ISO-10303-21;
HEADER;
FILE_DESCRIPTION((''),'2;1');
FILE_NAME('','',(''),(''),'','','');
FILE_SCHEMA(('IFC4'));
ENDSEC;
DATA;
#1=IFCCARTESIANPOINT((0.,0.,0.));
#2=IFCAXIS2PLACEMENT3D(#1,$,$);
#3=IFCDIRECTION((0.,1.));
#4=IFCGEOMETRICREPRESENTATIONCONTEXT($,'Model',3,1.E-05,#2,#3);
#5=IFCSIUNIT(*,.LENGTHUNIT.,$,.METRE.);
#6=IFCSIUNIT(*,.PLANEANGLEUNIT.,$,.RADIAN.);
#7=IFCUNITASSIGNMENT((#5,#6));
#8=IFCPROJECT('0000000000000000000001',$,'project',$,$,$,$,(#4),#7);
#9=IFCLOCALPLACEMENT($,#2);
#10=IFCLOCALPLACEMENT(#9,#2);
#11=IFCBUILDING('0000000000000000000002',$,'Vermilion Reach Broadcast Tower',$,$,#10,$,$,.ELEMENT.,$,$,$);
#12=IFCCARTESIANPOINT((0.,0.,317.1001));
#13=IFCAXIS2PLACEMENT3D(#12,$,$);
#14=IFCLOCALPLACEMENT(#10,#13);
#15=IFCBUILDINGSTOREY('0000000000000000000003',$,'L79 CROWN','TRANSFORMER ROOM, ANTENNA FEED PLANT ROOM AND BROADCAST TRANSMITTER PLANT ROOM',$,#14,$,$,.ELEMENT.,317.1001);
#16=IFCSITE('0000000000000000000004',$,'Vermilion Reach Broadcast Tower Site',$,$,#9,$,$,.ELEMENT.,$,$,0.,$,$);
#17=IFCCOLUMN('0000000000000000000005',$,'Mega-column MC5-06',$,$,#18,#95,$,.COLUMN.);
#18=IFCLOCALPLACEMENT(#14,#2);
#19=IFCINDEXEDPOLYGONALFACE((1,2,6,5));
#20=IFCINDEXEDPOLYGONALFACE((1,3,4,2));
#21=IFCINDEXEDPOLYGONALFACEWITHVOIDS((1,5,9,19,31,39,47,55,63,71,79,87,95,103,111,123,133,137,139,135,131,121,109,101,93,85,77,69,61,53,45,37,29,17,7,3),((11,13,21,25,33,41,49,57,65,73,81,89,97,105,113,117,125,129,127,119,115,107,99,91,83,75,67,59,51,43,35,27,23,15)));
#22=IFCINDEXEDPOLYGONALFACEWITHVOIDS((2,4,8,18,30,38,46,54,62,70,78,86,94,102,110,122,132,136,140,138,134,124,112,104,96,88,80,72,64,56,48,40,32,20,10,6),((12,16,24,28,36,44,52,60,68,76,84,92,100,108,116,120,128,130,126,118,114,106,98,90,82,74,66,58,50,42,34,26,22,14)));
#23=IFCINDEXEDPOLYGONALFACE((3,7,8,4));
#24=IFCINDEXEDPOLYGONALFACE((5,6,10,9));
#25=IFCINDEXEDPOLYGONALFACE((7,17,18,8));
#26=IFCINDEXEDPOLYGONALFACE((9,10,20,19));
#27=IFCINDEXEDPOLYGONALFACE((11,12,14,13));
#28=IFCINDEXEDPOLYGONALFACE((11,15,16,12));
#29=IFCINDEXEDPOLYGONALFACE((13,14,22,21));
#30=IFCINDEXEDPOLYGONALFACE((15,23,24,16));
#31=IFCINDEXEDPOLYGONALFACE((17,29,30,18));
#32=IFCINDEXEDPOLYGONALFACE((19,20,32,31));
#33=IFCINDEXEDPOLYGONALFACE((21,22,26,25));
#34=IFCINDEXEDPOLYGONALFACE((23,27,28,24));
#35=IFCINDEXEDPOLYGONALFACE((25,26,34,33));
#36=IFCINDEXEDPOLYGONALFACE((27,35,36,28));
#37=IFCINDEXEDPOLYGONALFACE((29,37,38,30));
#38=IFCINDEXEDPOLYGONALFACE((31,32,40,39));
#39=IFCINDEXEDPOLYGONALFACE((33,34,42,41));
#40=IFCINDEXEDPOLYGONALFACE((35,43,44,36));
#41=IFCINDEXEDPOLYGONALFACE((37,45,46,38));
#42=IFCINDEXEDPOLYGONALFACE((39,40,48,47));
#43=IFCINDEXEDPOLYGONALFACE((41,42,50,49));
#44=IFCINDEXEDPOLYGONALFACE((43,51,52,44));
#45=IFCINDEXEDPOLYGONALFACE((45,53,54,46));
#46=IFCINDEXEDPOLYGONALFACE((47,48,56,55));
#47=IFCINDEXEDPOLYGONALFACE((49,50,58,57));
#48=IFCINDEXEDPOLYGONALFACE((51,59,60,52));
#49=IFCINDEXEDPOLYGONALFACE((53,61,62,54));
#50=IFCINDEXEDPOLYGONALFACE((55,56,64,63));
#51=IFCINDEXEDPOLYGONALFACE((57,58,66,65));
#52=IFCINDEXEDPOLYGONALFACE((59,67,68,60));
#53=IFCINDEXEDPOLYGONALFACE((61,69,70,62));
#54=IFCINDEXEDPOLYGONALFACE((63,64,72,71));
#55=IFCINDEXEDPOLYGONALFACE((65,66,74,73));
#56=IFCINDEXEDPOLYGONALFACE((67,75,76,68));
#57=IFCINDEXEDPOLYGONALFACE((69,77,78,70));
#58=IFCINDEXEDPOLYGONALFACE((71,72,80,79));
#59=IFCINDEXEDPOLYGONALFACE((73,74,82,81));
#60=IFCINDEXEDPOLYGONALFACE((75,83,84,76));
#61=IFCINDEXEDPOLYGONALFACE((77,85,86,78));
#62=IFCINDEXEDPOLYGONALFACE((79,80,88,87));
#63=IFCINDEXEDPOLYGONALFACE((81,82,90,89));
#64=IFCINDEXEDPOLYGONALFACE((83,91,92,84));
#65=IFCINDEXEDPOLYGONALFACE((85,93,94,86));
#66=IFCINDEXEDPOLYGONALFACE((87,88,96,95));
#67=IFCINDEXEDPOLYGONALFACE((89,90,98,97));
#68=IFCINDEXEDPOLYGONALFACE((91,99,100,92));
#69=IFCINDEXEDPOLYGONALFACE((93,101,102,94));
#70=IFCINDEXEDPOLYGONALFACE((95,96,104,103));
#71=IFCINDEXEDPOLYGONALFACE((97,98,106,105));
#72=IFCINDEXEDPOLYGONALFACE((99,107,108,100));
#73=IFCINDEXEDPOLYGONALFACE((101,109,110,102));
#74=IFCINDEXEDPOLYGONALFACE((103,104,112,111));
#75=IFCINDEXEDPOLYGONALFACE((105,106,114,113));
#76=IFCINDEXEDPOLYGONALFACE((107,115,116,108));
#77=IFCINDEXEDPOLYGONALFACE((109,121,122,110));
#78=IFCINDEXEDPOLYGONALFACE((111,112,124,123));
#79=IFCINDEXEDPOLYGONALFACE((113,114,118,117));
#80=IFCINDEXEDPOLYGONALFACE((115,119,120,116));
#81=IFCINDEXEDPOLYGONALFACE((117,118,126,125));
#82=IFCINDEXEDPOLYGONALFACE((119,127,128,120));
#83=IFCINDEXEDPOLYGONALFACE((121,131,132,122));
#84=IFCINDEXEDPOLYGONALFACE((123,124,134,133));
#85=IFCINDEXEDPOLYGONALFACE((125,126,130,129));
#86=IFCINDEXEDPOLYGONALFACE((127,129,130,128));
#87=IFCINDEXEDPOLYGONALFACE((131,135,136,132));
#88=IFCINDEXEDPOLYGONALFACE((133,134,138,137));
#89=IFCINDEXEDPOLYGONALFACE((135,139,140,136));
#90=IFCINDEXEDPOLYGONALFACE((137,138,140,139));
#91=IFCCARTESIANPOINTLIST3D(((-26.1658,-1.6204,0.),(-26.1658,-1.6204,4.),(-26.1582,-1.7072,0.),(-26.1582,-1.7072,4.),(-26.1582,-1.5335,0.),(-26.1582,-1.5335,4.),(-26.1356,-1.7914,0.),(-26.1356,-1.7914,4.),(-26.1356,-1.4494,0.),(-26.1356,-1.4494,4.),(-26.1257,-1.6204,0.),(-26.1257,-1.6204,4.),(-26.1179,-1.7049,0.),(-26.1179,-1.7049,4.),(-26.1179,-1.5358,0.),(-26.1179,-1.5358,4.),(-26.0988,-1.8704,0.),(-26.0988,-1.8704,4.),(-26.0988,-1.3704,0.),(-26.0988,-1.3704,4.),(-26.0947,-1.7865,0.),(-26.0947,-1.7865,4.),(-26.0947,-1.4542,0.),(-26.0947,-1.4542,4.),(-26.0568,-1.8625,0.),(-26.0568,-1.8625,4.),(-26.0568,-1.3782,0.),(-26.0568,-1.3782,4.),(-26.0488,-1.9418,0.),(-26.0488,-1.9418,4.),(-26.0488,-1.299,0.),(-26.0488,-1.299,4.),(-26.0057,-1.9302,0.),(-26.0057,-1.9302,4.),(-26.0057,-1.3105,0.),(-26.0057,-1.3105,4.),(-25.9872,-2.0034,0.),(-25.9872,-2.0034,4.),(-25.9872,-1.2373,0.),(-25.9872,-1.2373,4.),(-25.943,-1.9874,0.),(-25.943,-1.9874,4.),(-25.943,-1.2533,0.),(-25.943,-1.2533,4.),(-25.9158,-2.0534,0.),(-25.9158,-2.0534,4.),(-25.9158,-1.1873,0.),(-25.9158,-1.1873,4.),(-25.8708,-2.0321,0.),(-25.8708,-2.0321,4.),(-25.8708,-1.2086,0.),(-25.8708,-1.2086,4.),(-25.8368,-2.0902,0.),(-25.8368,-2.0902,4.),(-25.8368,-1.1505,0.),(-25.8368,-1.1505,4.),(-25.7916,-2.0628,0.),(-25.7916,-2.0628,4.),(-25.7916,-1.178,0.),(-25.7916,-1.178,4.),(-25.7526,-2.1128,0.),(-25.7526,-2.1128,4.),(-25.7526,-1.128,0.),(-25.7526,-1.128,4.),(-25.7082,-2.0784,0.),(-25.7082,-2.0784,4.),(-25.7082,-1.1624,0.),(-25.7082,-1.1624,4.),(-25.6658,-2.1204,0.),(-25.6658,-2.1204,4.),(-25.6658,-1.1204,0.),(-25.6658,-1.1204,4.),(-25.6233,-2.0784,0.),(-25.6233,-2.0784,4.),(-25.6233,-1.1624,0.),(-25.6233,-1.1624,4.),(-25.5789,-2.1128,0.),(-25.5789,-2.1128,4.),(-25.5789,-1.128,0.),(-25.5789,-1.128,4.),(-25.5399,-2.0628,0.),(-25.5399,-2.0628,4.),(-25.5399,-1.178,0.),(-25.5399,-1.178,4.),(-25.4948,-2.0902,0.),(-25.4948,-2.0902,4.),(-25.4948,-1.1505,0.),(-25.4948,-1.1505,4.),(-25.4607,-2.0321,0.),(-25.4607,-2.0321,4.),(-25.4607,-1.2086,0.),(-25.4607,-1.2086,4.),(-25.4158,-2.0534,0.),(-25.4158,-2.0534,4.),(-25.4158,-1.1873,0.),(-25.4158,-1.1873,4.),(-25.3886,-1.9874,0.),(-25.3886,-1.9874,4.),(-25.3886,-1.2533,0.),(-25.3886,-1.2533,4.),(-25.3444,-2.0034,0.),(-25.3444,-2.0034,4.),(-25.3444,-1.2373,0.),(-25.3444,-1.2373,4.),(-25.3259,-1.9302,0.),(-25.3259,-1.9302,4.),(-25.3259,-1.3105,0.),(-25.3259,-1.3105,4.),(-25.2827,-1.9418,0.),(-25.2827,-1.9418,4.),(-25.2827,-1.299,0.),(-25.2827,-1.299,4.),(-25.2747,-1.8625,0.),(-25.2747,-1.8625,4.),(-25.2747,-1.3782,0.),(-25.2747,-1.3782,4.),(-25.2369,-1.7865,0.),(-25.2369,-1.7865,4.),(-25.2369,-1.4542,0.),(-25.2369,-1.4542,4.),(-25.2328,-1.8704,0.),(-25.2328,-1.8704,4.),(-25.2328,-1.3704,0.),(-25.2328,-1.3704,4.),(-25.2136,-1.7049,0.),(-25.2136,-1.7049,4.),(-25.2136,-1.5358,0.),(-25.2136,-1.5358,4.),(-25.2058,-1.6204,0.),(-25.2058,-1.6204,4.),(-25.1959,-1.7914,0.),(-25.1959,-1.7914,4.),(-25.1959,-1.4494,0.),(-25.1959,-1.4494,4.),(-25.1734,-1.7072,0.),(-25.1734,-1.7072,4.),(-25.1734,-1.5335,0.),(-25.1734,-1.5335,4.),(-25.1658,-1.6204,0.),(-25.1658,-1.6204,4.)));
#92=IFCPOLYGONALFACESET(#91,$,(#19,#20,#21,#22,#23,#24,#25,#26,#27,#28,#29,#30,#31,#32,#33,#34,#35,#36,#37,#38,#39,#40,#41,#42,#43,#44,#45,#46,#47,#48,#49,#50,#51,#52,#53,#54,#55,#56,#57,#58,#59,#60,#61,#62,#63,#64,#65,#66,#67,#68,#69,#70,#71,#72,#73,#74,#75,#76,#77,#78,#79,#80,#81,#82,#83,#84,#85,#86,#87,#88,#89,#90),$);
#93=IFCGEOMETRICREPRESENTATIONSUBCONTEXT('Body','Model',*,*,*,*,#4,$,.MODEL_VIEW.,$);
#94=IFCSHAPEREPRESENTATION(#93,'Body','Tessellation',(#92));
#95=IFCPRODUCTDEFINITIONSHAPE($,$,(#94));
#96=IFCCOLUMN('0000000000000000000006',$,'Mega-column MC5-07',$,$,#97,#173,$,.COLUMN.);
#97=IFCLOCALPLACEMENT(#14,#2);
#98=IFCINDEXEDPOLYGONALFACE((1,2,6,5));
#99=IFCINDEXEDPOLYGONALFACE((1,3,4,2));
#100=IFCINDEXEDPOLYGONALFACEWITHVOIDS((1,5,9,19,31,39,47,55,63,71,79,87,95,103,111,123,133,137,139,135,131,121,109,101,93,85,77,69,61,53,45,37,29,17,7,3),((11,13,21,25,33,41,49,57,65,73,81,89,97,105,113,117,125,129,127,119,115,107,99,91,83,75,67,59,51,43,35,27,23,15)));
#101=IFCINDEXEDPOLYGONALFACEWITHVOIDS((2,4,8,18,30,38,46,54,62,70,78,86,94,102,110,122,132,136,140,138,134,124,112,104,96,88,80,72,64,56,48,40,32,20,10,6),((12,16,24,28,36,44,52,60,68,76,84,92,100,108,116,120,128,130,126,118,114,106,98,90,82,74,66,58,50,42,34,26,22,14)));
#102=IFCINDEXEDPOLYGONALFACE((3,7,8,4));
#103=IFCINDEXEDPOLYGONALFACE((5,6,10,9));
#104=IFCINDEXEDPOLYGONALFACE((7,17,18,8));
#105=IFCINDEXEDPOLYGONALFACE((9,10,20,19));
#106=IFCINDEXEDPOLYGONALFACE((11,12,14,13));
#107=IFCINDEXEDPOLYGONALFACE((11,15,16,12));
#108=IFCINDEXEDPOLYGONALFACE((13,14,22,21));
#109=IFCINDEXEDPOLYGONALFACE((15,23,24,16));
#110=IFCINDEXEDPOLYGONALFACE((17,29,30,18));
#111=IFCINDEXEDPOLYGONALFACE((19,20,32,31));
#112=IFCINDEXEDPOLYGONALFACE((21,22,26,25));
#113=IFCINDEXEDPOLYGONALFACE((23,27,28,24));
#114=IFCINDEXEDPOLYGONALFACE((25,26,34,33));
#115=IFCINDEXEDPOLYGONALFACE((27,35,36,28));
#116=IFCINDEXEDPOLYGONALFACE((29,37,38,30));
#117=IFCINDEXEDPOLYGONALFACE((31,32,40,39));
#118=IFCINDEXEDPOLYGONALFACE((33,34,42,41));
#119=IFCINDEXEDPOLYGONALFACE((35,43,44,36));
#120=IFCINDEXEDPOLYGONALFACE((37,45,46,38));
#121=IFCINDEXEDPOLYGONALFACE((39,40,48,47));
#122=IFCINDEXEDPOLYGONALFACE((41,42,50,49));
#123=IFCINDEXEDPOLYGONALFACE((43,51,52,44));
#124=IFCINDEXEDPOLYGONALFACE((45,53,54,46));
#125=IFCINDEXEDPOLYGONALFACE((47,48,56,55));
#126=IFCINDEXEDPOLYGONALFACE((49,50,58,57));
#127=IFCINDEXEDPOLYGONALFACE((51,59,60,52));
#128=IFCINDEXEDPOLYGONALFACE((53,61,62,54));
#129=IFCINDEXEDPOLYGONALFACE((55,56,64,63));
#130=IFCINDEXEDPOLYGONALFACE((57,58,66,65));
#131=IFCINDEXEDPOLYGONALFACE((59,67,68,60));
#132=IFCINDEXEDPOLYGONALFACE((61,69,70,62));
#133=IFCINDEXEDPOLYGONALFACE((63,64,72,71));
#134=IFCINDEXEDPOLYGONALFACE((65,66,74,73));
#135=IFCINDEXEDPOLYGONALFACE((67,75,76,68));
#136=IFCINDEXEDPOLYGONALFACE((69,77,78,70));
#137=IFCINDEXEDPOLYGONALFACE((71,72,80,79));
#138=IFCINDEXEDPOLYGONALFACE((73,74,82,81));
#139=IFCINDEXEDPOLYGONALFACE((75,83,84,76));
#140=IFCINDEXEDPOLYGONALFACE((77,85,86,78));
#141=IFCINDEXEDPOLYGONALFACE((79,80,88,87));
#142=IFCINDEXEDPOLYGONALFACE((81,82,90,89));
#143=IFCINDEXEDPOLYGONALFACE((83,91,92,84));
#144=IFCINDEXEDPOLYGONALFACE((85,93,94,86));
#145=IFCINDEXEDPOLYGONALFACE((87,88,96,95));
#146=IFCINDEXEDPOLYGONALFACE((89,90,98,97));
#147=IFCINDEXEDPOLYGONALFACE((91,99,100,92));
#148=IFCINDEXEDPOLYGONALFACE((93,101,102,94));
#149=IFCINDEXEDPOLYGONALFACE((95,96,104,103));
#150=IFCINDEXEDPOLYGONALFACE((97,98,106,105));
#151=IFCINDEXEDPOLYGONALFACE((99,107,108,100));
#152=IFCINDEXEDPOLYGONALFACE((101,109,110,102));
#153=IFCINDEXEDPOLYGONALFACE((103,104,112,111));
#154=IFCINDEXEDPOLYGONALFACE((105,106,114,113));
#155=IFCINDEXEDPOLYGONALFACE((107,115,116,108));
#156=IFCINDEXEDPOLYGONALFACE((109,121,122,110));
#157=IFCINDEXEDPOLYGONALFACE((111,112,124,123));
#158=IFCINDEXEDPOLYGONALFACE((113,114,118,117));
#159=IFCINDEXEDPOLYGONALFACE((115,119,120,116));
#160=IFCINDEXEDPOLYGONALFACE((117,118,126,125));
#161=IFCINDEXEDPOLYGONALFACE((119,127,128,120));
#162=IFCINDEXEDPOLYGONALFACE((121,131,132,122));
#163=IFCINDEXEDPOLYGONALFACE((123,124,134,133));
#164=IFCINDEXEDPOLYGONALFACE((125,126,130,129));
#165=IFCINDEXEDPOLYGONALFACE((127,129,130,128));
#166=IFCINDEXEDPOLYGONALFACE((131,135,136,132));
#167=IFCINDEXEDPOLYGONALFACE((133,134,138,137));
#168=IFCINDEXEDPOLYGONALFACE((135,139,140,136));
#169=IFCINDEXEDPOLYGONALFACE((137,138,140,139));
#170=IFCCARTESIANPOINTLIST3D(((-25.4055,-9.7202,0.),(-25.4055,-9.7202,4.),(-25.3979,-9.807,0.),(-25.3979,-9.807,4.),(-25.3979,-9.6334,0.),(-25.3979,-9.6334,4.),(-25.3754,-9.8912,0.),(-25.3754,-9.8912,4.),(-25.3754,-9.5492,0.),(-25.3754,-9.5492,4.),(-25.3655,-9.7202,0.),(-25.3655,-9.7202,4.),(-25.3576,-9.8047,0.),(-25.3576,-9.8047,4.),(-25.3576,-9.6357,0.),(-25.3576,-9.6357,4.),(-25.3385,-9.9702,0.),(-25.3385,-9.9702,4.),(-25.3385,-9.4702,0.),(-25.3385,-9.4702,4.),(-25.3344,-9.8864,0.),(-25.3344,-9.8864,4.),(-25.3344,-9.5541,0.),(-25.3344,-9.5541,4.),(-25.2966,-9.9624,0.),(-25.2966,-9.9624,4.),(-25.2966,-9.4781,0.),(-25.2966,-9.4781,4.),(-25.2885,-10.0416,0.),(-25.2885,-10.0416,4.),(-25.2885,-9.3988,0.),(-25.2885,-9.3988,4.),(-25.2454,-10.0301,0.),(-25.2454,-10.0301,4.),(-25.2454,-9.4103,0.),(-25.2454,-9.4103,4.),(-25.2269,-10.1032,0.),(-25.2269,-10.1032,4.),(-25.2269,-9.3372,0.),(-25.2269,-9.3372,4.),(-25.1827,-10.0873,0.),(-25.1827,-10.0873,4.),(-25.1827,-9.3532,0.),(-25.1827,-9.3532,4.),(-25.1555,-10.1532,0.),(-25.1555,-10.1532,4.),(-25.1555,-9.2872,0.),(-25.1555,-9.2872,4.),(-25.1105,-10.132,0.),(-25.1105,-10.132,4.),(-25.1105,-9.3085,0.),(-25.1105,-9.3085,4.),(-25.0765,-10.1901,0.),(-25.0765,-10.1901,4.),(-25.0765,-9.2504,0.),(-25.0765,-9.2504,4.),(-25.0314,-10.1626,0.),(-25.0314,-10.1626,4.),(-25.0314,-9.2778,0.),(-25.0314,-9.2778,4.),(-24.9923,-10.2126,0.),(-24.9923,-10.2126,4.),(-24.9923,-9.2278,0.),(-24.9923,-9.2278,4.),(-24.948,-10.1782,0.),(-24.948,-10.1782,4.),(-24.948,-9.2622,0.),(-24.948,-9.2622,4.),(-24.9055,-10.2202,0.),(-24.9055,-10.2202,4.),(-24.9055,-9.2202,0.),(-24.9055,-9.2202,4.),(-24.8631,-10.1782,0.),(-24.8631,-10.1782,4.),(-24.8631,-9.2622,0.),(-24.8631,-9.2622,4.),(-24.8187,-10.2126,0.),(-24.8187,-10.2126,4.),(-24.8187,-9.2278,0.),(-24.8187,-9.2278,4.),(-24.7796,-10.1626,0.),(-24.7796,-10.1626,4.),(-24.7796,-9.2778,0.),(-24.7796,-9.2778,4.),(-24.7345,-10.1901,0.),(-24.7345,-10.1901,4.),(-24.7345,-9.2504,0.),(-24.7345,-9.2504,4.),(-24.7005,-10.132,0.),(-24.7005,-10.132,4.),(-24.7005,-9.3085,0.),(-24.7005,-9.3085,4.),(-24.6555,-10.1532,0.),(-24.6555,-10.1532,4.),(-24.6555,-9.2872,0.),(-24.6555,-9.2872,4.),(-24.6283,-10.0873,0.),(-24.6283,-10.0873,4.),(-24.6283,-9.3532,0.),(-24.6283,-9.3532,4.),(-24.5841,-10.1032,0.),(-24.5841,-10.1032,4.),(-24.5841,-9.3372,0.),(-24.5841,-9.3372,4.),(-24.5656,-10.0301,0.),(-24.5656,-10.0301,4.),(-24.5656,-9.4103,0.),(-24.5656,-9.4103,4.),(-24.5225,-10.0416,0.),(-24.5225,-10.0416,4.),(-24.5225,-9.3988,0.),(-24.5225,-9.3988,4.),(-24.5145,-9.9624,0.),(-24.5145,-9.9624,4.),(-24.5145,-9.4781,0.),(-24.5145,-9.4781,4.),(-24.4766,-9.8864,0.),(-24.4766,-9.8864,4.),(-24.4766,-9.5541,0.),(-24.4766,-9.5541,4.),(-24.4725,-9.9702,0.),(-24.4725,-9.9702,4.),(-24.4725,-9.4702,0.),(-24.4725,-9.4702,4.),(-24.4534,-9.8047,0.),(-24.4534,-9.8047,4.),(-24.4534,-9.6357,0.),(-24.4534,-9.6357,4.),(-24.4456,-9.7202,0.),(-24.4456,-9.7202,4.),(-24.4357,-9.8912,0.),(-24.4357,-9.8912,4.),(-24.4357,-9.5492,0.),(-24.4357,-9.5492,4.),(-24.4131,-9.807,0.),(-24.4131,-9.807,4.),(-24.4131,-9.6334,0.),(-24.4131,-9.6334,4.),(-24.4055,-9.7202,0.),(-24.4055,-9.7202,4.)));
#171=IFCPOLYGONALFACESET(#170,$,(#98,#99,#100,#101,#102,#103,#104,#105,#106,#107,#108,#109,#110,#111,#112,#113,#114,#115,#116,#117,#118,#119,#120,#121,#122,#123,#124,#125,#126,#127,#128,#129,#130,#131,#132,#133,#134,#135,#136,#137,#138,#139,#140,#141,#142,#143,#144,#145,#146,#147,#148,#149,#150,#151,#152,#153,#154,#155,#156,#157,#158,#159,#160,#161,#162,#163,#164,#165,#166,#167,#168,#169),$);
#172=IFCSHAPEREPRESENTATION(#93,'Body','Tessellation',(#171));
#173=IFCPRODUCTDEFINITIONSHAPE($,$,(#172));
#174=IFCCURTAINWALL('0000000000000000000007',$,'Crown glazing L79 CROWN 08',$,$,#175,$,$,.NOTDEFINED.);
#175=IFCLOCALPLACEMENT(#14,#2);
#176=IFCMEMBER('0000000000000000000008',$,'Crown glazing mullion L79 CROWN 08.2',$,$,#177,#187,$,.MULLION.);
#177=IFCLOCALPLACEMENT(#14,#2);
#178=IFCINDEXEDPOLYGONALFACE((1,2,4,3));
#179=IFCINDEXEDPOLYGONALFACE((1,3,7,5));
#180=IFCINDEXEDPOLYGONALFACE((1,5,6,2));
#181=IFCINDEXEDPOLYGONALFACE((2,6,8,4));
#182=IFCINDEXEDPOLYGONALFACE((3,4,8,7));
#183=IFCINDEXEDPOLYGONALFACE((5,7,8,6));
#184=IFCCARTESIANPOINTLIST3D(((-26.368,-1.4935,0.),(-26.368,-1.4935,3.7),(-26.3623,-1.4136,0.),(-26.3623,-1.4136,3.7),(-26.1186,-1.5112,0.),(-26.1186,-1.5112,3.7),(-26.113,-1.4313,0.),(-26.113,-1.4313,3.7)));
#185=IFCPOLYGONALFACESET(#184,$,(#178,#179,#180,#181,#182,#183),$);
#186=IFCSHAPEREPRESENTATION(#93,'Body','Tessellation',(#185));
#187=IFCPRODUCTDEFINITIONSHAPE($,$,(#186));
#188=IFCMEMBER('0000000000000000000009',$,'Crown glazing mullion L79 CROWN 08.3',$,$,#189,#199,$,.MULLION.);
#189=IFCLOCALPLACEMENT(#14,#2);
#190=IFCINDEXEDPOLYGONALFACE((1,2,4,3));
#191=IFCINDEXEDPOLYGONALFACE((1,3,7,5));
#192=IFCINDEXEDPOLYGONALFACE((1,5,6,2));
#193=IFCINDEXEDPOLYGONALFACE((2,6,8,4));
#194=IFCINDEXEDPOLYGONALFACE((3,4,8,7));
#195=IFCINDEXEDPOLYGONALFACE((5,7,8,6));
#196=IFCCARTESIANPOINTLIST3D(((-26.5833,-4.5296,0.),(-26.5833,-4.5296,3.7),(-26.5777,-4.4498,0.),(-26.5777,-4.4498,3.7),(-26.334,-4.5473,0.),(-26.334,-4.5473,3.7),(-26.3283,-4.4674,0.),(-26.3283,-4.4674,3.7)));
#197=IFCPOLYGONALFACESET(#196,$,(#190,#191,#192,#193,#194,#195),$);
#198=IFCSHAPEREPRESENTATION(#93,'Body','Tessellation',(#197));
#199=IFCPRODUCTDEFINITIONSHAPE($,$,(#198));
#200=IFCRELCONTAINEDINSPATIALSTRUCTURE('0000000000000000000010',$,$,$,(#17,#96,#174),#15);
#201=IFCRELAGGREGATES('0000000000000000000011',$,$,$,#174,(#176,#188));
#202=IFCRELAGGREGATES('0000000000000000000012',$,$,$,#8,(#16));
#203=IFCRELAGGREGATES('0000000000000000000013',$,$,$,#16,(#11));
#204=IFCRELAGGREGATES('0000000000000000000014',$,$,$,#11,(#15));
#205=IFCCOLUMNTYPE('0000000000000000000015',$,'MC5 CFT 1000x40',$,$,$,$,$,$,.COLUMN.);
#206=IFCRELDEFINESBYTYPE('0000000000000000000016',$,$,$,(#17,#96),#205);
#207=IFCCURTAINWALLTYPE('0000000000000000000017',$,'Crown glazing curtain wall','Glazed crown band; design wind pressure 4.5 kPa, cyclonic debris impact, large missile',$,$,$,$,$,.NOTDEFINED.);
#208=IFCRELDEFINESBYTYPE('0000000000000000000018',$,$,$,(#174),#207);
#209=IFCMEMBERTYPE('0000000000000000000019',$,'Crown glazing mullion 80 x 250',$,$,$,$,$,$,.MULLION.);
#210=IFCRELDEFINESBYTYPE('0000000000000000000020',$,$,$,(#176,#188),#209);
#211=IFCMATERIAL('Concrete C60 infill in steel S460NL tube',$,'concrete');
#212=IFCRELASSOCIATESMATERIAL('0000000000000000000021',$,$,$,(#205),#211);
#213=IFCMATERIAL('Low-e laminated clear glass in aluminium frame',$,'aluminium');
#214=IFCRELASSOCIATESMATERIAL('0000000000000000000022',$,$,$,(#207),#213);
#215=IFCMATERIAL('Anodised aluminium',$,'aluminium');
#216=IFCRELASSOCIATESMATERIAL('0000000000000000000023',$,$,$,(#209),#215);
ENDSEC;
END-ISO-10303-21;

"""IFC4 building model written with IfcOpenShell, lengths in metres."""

from ifc_helpers import new_model, si_unit, direction, frame, origin, origin_2d, place, context, subcontext, project, spatial, rectangle, hollow_circle, extrude, material, material_profile, profile_set, type_object, element, aggregate, save


model = new_model("IFC4")

# Units and contexts
model_context = context("Model", 3, precision=1e-05, world=origin(), true_north=direction((0.0, 1.0)))
body_context = subcontext(model_context, "Body", "Model", "MODEL_VIEW")
ifc_project = project(units=[si_unit("LENGTHUNIT", "METRE"), si_unit("PLANEANGLEUNIT", "RADIAN")], contexts=[model_context])

# Site, building, storey
site_placement = place(None, origin())
site = spatial("IfcSite", under=ifc_project, at=site_placement, Name="Vermilion Reach Broadcast Tower Site", CompositionType="ELEMENT", RefElevation=0.0)
building_placement = place(site_placement, origin())
building = spatial("IfcBuilding", under=site, at=building_placement, Name="Vermilion Reach Broadcast Tower", CompositionType="ELEMENT")
storey_placement = place(building_placement, frame((0.0, 0.0, 317.1001)))
storey = spatial("IfcBuildingStorey", under=building, at=storey_placement, Name="L79 CROWN", Description="TRANSFORMER ROOM, ANTENNA FEED PLANT ROOM AND BROADCAST TRANSMITTER PLANT ROOM", CompositionType="ELEMENT", Elevation=317.1001)

# Columns
ifc_material_1 = material(Name="Concrete C60 infill in steel S460NL tube", Category="concrete")
ifc_material_profile_1 = material_profile(ifc_material_1, hollow_circle(Radius=0.5, WallThickness=0.04, at=origin_2d()), Name="Concrete C60 infill in steel S460NL tube CFT 1000x40")
ifc_profile_set_1 = profile_set([ifc_material_profile_1], Name="Concrete C60 infill in steel S460NL tube")
column_type = type_object("IfcColumnType", Name="MC5 CFT 1000x40", PredefinedType="COLUMN", material=ifc_profile_set_1)
for number, where, z_axis, x_axis, name in (
    (1, (-25.6658, -1.6204, 0.0), (0.0, 0.0, 1.0), (1.0, 0.0, 0.0), "Mega-column MC5-06"),
    (2, (-24.9055, -9.7202, 0.0), (0.0, 0.0, 1.0), (1.0, 0.0, 0.0), "Mega-column MC5-07"),
):
    element("IfcColumn", number, at=place(storey_placement, frame(where, z_axis=z_axis, x_axis=x_axis)), inside=storey, type_object=column_type, Name=name, PredefinedType="COLUMN", context=body_context, shape_type="SweptSolid", body=[
        extrude(hollow_circle(Radius=0.5, WallThickness=0.04, at=origin_2d()), origin(), (0.0, 0.0, 1.0), 4.0),
    ])

# Curtain wall, members
ifc_material_2 = material(Name="Low-e laminated clear glass in aluminium frame", Category="aluminium")
curtain_wall_type = type_object("IfcCurtainWallType", Name="Crown glazing curtain wall", Description="Glazed crown band; design wind pressure 4.5 kPa, cyclonic debris impact, large missile", PredefinedType="NOTDEFINED", material=ifc_material_2)
placement = place(storey_placement, origin())
curtain_wall_1 = element("IfcCurtainWall", 3, at=placement, inside=storey, type_object=curtain_wall_type, Name="Crown glazing L79 CROWN 08", PredefinedType="NOTDEFINED")
ifc_material_3 = material(Name="Anodised aluminium", Category="aluminium")
ifc_material_profile_2 = material_profile(ifc_material_3, rectangle(XDim=0.25, YDim=0.0801, at=origin_2d()), Name="Crown glazing mullion 80 x 250")
ifc_profile_set_2 = profile_set([ifc_material_profile_2], Name="Anodised aluminium")
member_type_1 = type_object("IfcMemberType", Name="Crown glazing mullion 80 x 250", PredefinedType="MULLION", material=ifc_profile_set_2)
member_1_placement = place(storey_placement, frame((-26.2405, -1.4624, 0.0), z_axis=(0.0, 0.0, 1.0), x_axis=(0.9975, -0.070673, 0.0)))
member_1 = element("IfcMember", 4, at=member_1_placement, type_object=member_type_1, Name="Crown glazing mullion L79 CROWN 08.2", PredefinedType="MULLION", context=body_context, shape_type="SweptSolid", body=[
    extrude(rectangle(XDim=0.25, YDim=0.0801, at=origin_2d()), origin(), (0.0, 0.0, 1.0), 3.7),
])
member_2_placement = place(storey_placement, frame((-26.4558, -4.4985, 0.0), z_axis=(0.0, 0.0, 1.0), x_axis=(0.9975, -0.070673, 0.0)))
member_2 = element("IfcMember", 5, at=member_2_placement, type_object=member_type_1, Name="Crown glazing mullion L79 CROWN 08.3", PredefinedType="MULLION", context=body_context, shape_type="SweptSolid", body=[
    extrude(rectangle(XDim=0.25, YDim=0.0801, at=origin_2d()), origin(), (0.0, 0.0, 1.0), 3.7),
])

aggregate(curtain_wall_1, [member_1, member_2])

save(model, "model.ifc")
